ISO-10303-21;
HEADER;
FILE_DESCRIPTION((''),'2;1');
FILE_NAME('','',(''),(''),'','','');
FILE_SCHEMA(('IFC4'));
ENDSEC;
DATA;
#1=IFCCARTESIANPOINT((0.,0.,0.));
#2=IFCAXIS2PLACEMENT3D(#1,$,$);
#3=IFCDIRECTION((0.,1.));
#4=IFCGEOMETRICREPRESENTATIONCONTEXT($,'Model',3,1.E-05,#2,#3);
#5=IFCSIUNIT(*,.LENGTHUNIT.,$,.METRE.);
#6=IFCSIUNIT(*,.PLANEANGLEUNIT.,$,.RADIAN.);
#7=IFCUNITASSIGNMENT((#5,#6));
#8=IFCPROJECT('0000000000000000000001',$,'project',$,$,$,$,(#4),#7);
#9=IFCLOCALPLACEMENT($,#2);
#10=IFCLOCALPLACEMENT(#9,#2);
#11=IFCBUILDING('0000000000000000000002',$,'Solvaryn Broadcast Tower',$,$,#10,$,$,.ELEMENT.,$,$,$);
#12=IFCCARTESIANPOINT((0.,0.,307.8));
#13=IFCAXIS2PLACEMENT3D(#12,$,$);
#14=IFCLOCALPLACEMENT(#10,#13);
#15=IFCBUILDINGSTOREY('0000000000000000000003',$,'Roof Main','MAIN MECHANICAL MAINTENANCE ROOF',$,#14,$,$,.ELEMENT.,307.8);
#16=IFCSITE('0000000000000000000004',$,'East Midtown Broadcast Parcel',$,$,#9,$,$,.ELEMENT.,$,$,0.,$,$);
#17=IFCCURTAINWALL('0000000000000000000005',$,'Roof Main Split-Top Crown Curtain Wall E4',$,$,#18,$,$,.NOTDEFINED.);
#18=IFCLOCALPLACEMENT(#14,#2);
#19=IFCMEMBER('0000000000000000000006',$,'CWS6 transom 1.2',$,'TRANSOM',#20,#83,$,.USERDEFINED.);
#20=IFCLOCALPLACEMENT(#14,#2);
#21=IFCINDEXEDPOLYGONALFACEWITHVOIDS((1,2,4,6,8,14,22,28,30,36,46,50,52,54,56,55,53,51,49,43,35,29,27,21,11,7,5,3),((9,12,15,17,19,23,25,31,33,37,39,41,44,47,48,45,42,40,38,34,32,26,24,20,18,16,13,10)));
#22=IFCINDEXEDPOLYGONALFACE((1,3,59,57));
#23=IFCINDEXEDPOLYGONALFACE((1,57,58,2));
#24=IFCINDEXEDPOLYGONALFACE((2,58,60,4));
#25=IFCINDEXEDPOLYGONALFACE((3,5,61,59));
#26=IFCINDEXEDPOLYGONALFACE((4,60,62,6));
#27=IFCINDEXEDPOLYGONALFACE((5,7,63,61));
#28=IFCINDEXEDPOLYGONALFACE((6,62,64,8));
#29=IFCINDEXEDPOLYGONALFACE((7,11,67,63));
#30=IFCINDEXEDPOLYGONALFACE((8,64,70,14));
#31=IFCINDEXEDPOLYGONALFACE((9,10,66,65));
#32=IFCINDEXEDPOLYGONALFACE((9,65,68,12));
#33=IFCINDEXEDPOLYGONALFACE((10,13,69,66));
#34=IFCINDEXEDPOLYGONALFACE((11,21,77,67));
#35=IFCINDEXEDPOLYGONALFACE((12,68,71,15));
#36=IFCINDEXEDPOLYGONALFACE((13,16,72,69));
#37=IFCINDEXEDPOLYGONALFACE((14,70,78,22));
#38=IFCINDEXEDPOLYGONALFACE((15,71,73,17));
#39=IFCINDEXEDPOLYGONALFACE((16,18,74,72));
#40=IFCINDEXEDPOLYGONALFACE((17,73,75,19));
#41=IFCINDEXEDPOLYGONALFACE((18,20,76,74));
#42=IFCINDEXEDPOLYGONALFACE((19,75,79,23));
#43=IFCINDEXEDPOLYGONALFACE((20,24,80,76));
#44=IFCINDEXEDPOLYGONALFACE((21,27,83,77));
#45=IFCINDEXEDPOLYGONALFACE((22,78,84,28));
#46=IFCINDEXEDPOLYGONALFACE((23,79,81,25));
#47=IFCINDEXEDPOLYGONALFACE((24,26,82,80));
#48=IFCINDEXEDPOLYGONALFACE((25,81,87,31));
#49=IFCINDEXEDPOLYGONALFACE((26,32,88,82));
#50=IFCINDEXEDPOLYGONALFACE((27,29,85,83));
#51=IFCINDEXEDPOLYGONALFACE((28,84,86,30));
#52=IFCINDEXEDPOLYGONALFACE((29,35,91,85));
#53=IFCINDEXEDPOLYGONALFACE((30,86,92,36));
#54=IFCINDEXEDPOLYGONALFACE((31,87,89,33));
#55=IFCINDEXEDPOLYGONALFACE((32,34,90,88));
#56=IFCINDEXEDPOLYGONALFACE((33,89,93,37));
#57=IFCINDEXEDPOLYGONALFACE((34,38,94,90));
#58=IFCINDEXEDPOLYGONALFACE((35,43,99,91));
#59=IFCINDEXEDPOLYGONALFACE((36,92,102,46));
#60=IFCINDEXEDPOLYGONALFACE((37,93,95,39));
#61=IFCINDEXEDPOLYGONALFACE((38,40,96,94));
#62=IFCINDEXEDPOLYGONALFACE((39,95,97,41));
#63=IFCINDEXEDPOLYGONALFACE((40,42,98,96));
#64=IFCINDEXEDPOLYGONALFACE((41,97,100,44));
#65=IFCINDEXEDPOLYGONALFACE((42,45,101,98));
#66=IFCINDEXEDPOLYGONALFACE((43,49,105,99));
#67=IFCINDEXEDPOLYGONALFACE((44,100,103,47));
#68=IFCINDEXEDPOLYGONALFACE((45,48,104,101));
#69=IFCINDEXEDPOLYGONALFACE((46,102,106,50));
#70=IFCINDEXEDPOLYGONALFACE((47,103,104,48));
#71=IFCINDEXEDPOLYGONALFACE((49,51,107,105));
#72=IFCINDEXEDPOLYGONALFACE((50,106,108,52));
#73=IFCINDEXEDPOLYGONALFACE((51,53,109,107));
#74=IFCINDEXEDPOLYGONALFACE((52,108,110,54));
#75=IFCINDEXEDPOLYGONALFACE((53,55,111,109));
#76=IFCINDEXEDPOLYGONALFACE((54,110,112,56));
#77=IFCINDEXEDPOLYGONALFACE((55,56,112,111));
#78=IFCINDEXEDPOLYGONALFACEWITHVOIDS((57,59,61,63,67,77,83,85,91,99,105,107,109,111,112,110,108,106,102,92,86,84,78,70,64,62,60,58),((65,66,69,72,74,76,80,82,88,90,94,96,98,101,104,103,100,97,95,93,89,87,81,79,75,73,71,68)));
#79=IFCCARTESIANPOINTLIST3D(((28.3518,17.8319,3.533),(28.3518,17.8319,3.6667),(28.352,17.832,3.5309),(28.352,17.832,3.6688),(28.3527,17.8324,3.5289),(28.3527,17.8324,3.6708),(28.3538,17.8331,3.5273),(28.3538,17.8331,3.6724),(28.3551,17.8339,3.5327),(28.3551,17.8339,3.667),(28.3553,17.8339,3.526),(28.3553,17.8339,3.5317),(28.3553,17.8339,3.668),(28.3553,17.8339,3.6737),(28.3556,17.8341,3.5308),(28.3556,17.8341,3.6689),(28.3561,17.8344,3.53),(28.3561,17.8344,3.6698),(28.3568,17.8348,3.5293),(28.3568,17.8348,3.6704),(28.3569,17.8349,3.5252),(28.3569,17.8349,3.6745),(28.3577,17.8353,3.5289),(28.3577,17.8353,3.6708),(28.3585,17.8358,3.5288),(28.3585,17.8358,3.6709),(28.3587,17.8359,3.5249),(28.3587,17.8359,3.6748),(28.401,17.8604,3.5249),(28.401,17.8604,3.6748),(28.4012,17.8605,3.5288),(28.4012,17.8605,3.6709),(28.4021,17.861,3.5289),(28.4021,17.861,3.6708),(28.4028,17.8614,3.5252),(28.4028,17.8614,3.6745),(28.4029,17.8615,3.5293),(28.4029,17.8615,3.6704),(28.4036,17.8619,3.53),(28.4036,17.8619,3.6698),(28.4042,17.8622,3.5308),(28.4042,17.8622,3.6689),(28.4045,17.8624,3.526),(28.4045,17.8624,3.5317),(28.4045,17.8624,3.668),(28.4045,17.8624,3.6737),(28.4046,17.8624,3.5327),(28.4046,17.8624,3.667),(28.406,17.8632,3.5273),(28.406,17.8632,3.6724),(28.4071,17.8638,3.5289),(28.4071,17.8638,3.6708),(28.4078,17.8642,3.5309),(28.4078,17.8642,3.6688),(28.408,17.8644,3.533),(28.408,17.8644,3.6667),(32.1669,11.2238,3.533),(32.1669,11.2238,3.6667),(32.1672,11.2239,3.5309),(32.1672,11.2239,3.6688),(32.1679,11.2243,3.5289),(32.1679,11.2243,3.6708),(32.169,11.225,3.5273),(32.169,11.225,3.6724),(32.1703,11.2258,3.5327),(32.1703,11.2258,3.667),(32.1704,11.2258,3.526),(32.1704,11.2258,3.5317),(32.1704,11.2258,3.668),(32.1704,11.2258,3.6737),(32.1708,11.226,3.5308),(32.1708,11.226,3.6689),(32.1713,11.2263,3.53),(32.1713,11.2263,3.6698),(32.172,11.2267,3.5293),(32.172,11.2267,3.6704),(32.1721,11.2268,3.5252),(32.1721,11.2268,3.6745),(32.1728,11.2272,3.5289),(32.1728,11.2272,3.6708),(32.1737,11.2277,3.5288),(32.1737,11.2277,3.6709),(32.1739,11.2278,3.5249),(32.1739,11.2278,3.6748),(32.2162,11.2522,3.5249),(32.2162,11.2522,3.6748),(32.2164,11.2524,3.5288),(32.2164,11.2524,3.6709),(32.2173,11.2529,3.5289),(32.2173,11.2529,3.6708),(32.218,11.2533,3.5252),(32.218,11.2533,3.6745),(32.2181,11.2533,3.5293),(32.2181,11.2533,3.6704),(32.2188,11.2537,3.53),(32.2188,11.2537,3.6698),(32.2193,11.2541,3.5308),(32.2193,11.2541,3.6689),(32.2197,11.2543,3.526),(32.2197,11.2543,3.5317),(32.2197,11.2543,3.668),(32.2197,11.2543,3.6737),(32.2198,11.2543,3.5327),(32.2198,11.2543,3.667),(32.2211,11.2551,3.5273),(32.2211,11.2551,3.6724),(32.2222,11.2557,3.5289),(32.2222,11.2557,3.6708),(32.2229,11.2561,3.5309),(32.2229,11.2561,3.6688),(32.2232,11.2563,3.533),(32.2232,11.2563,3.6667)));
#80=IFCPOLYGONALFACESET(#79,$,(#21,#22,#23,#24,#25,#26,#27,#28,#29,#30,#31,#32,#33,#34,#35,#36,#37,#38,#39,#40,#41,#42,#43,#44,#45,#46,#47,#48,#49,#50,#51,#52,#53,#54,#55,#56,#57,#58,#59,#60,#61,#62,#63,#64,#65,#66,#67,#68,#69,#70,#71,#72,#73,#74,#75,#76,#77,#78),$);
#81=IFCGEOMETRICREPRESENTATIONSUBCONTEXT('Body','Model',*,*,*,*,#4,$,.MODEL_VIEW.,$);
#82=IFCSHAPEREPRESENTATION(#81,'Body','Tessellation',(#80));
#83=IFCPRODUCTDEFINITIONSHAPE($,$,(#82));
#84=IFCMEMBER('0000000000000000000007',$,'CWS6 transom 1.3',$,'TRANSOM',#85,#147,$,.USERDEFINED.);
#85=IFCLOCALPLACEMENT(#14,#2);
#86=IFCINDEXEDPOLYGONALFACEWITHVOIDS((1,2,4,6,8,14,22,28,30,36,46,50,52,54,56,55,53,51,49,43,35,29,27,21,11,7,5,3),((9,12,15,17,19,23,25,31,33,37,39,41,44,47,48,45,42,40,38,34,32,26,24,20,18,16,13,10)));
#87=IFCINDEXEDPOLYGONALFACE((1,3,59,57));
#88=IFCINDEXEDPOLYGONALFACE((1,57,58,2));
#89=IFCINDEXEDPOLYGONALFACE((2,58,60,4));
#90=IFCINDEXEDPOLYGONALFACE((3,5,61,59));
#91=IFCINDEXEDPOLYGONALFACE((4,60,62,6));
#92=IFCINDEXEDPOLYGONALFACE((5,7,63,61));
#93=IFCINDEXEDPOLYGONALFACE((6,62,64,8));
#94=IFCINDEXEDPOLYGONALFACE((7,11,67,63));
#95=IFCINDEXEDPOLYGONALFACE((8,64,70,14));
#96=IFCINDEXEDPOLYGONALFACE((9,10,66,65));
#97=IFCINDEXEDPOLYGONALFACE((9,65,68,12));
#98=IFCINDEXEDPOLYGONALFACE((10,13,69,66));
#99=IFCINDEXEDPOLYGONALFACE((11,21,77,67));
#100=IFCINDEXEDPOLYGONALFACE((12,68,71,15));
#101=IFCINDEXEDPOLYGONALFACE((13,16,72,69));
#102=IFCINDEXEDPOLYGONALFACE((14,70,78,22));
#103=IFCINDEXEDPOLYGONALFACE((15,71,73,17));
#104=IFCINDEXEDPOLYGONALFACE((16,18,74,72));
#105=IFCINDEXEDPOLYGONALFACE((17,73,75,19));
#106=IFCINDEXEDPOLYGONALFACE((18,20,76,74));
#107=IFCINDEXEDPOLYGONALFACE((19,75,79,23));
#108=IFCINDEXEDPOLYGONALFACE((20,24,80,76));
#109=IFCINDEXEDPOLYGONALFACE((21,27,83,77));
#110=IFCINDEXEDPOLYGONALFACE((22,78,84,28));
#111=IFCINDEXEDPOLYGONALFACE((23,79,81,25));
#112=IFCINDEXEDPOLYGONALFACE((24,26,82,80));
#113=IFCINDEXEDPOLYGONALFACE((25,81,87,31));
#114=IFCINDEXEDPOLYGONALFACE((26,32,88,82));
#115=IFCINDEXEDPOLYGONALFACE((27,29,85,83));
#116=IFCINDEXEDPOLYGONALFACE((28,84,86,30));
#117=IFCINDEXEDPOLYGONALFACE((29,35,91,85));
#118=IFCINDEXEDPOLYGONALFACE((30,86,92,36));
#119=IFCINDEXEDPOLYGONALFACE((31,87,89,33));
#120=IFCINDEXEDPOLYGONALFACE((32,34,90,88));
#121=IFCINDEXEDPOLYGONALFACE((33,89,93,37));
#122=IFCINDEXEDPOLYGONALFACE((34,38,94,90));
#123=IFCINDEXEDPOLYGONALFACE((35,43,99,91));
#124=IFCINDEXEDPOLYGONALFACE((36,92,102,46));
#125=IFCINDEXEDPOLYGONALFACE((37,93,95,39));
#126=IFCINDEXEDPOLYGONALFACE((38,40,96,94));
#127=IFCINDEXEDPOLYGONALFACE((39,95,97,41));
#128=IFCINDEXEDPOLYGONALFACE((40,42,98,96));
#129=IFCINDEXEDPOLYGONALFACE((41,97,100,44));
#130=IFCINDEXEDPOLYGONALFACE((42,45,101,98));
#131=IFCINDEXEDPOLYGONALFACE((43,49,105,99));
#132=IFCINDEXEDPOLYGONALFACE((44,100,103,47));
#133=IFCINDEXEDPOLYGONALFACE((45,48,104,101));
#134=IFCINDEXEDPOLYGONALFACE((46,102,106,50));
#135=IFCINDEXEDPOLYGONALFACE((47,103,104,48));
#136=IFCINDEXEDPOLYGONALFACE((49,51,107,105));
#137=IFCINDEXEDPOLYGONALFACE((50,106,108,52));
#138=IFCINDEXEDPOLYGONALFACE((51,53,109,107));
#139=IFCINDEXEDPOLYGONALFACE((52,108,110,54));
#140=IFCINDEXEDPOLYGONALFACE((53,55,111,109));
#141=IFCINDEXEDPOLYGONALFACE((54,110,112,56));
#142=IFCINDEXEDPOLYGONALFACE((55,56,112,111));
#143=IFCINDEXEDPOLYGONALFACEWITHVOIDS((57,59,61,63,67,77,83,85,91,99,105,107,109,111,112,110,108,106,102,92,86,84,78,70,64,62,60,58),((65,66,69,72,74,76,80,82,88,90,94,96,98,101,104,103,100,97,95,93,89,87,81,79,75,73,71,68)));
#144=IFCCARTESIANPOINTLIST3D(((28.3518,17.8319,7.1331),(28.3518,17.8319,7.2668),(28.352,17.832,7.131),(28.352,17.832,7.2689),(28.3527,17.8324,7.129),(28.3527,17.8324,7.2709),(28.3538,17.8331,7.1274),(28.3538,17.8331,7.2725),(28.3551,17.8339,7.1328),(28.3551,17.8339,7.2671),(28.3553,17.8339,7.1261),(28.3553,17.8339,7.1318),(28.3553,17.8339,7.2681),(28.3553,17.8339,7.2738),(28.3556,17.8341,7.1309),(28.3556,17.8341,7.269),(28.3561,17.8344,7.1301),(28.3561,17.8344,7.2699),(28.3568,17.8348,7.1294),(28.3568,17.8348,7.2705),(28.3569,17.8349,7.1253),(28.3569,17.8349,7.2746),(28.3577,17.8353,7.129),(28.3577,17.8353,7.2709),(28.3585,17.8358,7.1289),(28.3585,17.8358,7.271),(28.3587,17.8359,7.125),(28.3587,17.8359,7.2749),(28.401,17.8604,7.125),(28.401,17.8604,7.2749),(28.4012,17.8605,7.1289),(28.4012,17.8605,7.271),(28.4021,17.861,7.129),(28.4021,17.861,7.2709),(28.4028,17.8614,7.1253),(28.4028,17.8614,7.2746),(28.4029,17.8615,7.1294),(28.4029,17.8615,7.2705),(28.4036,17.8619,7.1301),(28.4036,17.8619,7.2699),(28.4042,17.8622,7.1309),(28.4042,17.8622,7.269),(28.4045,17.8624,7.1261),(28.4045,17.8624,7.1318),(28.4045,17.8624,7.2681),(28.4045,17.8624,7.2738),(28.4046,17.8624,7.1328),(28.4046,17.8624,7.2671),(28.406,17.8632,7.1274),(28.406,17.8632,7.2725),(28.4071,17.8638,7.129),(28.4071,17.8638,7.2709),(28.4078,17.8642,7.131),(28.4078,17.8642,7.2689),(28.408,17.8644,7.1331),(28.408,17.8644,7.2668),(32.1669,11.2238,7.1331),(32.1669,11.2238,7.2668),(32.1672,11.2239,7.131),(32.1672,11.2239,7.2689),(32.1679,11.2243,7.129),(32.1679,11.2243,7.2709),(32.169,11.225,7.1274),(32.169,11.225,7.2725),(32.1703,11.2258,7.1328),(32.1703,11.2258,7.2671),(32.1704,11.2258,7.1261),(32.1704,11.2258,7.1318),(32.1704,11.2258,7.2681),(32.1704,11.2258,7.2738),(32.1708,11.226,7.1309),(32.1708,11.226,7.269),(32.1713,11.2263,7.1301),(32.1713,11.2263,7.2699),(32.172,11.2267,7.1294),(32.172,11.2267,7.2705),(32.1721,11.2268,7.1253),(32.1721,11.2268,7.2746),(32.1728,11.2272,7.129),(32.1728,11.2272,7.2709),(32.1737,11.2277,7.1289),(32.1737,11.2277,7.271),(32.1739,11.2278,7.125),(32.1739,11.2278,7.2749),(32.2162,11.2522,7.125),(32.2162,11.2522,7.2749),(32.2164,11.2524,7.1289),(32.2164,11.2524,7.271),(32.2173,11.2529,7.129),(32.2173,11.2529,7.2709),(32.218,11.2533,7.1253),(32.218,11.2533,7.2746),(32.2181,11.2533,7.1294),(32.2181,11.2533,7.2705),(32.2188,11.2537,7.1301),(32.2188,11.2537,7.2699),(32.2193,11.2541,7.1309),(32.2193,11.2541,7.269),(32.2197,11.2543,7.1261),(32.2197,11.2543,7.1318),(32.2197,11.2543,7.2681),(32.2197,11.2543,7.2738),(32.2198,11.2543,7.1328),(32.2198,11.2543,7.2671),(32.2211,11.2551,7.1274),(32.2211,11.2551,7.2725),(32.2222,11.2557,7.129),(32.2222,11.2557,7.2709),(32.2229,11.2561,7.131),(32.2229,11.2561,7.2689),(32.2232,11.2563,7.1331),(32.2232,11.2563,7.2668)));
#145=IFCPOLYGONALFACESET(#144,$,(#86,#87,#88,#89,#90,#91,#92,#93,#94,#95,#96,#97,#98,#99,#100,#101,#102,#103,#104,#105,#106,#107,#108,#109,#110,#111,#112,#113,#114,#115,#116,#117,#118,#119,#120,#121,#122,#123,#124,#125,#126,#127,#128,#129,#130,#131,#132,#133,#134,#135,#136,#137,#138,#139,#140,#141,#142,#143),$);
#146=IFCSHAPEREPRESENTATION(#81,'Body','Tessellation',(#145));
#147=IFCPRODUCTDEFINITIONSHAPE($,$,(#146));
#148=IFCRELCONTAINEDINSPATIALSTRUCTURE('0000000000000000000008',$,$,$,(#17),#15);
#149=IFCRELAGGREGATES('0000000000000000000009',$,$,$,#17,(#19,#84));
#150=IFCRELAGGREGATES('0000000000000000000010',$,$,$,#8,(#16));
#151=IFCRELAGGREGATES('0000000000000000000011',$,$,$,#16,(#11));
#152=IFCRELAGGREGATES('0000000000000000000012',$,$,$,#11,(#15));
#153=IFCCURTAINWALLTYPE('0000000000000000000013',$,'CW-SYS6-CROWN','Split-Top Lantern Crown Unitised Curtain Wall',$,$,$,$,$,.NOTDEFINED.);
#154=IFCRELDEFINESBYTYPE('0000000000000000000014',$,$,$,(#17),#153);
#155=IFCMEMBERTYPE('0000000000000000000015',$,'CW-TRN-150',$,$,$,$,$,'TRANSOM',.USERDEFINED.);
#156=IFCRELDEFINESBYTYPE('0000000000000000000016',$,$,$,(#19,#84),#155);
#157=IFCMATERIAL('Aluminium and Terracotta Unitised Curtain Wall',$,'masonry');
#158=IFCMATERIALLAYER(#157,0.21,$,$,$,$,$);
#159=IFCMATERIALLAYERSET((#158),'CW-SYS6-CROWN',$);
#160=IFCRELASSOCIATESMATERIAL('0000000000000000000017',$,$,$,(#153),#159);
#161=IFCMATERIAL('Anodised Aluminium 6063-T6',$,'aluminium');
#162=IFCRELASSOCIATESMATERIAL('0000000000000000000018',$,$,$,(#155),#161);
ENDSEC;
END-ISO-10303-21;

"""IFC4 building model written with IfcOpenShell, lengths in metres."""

from ifc_helpers import new_model, si_unit, direction, frame, origin, origin_2d, place, context, subcontext, project, spatial, hollow_rectangle, extrude, material, layer, layer_set, material_profile, profile_set, type_object, element, aggregate, save


model = new_model("IFC4")

# Units and contexts
model_context = context("Model", 3, precision=1e-05, world=origin(), true_north=direction((0.0, 1.0)))
body_context = subcontext(model_context, "Body", "Model", "MODEL_VIEW")
ifc_project = project(units=[si_unit("LENGTHUNIT", "METRE"), si_unit("PLANEANGLEUNIT", "RADIAN")], contexts=[model_context])

# Site, building, storey
site_placement = place(None, origin())
site = spatial("IfcSite", under=ifc_project, at=site_placement, Name="East Midtown Broadcast Parcel", CompositionType="ELEMENT", RefElevation=0.0)
building_placement = place(site_placement, origin())
building = spatial("IfcBuilding", under=site, at=building_placement, Name="Solvaryn Broadcast Tower", CompositionType="ELEMENT")
storey_placement = place(building_placement, frame((0.0, 0.0, 307.8)))
storey = spatial("IfcBuildingStorey", under=building, at=storey_placement, Name="Roof Main", Description="MAIN MECHANICAL MAINTENANCE ROOF", CompositionType="ELEMENT", Elevation=307.8)

# Curtain wall
ifc_material_1 = material(Name="Aluminium and Terracotta Unitised Curtain Wall", Category="masonry")
ifc_layer_1 = layer(ifc_material_1, 0.21)
ifc_layer_set_1 = layer_set([ifc_layer_1], Name="CW-SYS6-CROWN")
curtain_wall_type = type_object("IfcCurtainWallType", Name="CW-SYS6-CROWN", Description="Split-Top Lantern Crown Unitised Curtain Wall", PredefinedType="NOTDEFINED", material=ifc_layer_set_1)
curtain_wall_1_placement = place(storey_placement, origin())
curtain_wall_1 = element("IfcCurtainWall", 1, at=curtain_wall_1_placement, inside=storey, type_object=curtain_wall_type, Name="Roof Main Split-Top Crown Curtain Wall E4", PredefinedType="NOTDEFINED")

# Members
ifc_material_2 = material(Name="Anodised Aluminium 6063-T6", Category="aluminium")
ifc_material_profile_1 = material_profile(ifc_material_2, hollow_rectangle(XDim=0.0649, YDim=0.1499, WallThickness=0.0039, InnerFilletRadius=0.0039, OuterFilletRadius=0.0081, at=origin_2d()))
ifc_profile_set_1 = profile_set([ifc_material_profile_1], Name="Anodised Aluminium 6063-T6")
member_type_1 = type_object("IfcMemberType", Name="CW-TRN-150", ElementType="TRANSOM", PredefinedType="USERDEFINED", material=ifc_profile_set_1)
member_1_placement = place(storey_placement, frame((28.3799, 17.8481, 3.5999), z_axis=(0.499997, -0.866027, 0.0), x_axis=(0.866027, 0.499997, 0.0)))
member_1 = element("IfcMember", 2, at=member_1_placement, type_object=member_type_1, Name="CWS6 transom 1.2", ObjectType="TRANSOM", PredefinedType="USERDEFINED", context=body_context, shape_type="SweptSolid", body=[
    extrude(hollow_rectangle(XDim=0.0649, YDim=0.1499, WallThickness=0.0039, InnerFilletRadius=0.0039, OuterFilletRadius=0.0081, at=origin_2d()), origin(), (0.0, 0.0, 1.0), 7.6304),
])
member_2_placement = place(storey_placement, frame((28.3799, 17.8481, 7.2), z_axis=(0.499997, -0.866027, 0.0), x_axis=(0.866027, 0.499997, 0.0)))
member_2 = element("IfcMember", 3, at=member_2_placement, type_object=member_type_1, Name="CWS6 transom 1.3", ObjectType="TRANSOM", PredefinedType="USERDEFINED", context=body_context, shape_type="SweptSolid", body=[
    extrude(hollow_rectangle(XDim=0.0649, YDim=0.1499, WallThickness=0.0039, InnerFilletRadius=0.0039, OuterFilletRadius=0.0081, at=origin_2d()), origin(), (0.0, 0.0, 1.0), 7.6304),
])

aggregate(curtain_wall_1, [member_1, member_2])

save(model, "model.ifc")
